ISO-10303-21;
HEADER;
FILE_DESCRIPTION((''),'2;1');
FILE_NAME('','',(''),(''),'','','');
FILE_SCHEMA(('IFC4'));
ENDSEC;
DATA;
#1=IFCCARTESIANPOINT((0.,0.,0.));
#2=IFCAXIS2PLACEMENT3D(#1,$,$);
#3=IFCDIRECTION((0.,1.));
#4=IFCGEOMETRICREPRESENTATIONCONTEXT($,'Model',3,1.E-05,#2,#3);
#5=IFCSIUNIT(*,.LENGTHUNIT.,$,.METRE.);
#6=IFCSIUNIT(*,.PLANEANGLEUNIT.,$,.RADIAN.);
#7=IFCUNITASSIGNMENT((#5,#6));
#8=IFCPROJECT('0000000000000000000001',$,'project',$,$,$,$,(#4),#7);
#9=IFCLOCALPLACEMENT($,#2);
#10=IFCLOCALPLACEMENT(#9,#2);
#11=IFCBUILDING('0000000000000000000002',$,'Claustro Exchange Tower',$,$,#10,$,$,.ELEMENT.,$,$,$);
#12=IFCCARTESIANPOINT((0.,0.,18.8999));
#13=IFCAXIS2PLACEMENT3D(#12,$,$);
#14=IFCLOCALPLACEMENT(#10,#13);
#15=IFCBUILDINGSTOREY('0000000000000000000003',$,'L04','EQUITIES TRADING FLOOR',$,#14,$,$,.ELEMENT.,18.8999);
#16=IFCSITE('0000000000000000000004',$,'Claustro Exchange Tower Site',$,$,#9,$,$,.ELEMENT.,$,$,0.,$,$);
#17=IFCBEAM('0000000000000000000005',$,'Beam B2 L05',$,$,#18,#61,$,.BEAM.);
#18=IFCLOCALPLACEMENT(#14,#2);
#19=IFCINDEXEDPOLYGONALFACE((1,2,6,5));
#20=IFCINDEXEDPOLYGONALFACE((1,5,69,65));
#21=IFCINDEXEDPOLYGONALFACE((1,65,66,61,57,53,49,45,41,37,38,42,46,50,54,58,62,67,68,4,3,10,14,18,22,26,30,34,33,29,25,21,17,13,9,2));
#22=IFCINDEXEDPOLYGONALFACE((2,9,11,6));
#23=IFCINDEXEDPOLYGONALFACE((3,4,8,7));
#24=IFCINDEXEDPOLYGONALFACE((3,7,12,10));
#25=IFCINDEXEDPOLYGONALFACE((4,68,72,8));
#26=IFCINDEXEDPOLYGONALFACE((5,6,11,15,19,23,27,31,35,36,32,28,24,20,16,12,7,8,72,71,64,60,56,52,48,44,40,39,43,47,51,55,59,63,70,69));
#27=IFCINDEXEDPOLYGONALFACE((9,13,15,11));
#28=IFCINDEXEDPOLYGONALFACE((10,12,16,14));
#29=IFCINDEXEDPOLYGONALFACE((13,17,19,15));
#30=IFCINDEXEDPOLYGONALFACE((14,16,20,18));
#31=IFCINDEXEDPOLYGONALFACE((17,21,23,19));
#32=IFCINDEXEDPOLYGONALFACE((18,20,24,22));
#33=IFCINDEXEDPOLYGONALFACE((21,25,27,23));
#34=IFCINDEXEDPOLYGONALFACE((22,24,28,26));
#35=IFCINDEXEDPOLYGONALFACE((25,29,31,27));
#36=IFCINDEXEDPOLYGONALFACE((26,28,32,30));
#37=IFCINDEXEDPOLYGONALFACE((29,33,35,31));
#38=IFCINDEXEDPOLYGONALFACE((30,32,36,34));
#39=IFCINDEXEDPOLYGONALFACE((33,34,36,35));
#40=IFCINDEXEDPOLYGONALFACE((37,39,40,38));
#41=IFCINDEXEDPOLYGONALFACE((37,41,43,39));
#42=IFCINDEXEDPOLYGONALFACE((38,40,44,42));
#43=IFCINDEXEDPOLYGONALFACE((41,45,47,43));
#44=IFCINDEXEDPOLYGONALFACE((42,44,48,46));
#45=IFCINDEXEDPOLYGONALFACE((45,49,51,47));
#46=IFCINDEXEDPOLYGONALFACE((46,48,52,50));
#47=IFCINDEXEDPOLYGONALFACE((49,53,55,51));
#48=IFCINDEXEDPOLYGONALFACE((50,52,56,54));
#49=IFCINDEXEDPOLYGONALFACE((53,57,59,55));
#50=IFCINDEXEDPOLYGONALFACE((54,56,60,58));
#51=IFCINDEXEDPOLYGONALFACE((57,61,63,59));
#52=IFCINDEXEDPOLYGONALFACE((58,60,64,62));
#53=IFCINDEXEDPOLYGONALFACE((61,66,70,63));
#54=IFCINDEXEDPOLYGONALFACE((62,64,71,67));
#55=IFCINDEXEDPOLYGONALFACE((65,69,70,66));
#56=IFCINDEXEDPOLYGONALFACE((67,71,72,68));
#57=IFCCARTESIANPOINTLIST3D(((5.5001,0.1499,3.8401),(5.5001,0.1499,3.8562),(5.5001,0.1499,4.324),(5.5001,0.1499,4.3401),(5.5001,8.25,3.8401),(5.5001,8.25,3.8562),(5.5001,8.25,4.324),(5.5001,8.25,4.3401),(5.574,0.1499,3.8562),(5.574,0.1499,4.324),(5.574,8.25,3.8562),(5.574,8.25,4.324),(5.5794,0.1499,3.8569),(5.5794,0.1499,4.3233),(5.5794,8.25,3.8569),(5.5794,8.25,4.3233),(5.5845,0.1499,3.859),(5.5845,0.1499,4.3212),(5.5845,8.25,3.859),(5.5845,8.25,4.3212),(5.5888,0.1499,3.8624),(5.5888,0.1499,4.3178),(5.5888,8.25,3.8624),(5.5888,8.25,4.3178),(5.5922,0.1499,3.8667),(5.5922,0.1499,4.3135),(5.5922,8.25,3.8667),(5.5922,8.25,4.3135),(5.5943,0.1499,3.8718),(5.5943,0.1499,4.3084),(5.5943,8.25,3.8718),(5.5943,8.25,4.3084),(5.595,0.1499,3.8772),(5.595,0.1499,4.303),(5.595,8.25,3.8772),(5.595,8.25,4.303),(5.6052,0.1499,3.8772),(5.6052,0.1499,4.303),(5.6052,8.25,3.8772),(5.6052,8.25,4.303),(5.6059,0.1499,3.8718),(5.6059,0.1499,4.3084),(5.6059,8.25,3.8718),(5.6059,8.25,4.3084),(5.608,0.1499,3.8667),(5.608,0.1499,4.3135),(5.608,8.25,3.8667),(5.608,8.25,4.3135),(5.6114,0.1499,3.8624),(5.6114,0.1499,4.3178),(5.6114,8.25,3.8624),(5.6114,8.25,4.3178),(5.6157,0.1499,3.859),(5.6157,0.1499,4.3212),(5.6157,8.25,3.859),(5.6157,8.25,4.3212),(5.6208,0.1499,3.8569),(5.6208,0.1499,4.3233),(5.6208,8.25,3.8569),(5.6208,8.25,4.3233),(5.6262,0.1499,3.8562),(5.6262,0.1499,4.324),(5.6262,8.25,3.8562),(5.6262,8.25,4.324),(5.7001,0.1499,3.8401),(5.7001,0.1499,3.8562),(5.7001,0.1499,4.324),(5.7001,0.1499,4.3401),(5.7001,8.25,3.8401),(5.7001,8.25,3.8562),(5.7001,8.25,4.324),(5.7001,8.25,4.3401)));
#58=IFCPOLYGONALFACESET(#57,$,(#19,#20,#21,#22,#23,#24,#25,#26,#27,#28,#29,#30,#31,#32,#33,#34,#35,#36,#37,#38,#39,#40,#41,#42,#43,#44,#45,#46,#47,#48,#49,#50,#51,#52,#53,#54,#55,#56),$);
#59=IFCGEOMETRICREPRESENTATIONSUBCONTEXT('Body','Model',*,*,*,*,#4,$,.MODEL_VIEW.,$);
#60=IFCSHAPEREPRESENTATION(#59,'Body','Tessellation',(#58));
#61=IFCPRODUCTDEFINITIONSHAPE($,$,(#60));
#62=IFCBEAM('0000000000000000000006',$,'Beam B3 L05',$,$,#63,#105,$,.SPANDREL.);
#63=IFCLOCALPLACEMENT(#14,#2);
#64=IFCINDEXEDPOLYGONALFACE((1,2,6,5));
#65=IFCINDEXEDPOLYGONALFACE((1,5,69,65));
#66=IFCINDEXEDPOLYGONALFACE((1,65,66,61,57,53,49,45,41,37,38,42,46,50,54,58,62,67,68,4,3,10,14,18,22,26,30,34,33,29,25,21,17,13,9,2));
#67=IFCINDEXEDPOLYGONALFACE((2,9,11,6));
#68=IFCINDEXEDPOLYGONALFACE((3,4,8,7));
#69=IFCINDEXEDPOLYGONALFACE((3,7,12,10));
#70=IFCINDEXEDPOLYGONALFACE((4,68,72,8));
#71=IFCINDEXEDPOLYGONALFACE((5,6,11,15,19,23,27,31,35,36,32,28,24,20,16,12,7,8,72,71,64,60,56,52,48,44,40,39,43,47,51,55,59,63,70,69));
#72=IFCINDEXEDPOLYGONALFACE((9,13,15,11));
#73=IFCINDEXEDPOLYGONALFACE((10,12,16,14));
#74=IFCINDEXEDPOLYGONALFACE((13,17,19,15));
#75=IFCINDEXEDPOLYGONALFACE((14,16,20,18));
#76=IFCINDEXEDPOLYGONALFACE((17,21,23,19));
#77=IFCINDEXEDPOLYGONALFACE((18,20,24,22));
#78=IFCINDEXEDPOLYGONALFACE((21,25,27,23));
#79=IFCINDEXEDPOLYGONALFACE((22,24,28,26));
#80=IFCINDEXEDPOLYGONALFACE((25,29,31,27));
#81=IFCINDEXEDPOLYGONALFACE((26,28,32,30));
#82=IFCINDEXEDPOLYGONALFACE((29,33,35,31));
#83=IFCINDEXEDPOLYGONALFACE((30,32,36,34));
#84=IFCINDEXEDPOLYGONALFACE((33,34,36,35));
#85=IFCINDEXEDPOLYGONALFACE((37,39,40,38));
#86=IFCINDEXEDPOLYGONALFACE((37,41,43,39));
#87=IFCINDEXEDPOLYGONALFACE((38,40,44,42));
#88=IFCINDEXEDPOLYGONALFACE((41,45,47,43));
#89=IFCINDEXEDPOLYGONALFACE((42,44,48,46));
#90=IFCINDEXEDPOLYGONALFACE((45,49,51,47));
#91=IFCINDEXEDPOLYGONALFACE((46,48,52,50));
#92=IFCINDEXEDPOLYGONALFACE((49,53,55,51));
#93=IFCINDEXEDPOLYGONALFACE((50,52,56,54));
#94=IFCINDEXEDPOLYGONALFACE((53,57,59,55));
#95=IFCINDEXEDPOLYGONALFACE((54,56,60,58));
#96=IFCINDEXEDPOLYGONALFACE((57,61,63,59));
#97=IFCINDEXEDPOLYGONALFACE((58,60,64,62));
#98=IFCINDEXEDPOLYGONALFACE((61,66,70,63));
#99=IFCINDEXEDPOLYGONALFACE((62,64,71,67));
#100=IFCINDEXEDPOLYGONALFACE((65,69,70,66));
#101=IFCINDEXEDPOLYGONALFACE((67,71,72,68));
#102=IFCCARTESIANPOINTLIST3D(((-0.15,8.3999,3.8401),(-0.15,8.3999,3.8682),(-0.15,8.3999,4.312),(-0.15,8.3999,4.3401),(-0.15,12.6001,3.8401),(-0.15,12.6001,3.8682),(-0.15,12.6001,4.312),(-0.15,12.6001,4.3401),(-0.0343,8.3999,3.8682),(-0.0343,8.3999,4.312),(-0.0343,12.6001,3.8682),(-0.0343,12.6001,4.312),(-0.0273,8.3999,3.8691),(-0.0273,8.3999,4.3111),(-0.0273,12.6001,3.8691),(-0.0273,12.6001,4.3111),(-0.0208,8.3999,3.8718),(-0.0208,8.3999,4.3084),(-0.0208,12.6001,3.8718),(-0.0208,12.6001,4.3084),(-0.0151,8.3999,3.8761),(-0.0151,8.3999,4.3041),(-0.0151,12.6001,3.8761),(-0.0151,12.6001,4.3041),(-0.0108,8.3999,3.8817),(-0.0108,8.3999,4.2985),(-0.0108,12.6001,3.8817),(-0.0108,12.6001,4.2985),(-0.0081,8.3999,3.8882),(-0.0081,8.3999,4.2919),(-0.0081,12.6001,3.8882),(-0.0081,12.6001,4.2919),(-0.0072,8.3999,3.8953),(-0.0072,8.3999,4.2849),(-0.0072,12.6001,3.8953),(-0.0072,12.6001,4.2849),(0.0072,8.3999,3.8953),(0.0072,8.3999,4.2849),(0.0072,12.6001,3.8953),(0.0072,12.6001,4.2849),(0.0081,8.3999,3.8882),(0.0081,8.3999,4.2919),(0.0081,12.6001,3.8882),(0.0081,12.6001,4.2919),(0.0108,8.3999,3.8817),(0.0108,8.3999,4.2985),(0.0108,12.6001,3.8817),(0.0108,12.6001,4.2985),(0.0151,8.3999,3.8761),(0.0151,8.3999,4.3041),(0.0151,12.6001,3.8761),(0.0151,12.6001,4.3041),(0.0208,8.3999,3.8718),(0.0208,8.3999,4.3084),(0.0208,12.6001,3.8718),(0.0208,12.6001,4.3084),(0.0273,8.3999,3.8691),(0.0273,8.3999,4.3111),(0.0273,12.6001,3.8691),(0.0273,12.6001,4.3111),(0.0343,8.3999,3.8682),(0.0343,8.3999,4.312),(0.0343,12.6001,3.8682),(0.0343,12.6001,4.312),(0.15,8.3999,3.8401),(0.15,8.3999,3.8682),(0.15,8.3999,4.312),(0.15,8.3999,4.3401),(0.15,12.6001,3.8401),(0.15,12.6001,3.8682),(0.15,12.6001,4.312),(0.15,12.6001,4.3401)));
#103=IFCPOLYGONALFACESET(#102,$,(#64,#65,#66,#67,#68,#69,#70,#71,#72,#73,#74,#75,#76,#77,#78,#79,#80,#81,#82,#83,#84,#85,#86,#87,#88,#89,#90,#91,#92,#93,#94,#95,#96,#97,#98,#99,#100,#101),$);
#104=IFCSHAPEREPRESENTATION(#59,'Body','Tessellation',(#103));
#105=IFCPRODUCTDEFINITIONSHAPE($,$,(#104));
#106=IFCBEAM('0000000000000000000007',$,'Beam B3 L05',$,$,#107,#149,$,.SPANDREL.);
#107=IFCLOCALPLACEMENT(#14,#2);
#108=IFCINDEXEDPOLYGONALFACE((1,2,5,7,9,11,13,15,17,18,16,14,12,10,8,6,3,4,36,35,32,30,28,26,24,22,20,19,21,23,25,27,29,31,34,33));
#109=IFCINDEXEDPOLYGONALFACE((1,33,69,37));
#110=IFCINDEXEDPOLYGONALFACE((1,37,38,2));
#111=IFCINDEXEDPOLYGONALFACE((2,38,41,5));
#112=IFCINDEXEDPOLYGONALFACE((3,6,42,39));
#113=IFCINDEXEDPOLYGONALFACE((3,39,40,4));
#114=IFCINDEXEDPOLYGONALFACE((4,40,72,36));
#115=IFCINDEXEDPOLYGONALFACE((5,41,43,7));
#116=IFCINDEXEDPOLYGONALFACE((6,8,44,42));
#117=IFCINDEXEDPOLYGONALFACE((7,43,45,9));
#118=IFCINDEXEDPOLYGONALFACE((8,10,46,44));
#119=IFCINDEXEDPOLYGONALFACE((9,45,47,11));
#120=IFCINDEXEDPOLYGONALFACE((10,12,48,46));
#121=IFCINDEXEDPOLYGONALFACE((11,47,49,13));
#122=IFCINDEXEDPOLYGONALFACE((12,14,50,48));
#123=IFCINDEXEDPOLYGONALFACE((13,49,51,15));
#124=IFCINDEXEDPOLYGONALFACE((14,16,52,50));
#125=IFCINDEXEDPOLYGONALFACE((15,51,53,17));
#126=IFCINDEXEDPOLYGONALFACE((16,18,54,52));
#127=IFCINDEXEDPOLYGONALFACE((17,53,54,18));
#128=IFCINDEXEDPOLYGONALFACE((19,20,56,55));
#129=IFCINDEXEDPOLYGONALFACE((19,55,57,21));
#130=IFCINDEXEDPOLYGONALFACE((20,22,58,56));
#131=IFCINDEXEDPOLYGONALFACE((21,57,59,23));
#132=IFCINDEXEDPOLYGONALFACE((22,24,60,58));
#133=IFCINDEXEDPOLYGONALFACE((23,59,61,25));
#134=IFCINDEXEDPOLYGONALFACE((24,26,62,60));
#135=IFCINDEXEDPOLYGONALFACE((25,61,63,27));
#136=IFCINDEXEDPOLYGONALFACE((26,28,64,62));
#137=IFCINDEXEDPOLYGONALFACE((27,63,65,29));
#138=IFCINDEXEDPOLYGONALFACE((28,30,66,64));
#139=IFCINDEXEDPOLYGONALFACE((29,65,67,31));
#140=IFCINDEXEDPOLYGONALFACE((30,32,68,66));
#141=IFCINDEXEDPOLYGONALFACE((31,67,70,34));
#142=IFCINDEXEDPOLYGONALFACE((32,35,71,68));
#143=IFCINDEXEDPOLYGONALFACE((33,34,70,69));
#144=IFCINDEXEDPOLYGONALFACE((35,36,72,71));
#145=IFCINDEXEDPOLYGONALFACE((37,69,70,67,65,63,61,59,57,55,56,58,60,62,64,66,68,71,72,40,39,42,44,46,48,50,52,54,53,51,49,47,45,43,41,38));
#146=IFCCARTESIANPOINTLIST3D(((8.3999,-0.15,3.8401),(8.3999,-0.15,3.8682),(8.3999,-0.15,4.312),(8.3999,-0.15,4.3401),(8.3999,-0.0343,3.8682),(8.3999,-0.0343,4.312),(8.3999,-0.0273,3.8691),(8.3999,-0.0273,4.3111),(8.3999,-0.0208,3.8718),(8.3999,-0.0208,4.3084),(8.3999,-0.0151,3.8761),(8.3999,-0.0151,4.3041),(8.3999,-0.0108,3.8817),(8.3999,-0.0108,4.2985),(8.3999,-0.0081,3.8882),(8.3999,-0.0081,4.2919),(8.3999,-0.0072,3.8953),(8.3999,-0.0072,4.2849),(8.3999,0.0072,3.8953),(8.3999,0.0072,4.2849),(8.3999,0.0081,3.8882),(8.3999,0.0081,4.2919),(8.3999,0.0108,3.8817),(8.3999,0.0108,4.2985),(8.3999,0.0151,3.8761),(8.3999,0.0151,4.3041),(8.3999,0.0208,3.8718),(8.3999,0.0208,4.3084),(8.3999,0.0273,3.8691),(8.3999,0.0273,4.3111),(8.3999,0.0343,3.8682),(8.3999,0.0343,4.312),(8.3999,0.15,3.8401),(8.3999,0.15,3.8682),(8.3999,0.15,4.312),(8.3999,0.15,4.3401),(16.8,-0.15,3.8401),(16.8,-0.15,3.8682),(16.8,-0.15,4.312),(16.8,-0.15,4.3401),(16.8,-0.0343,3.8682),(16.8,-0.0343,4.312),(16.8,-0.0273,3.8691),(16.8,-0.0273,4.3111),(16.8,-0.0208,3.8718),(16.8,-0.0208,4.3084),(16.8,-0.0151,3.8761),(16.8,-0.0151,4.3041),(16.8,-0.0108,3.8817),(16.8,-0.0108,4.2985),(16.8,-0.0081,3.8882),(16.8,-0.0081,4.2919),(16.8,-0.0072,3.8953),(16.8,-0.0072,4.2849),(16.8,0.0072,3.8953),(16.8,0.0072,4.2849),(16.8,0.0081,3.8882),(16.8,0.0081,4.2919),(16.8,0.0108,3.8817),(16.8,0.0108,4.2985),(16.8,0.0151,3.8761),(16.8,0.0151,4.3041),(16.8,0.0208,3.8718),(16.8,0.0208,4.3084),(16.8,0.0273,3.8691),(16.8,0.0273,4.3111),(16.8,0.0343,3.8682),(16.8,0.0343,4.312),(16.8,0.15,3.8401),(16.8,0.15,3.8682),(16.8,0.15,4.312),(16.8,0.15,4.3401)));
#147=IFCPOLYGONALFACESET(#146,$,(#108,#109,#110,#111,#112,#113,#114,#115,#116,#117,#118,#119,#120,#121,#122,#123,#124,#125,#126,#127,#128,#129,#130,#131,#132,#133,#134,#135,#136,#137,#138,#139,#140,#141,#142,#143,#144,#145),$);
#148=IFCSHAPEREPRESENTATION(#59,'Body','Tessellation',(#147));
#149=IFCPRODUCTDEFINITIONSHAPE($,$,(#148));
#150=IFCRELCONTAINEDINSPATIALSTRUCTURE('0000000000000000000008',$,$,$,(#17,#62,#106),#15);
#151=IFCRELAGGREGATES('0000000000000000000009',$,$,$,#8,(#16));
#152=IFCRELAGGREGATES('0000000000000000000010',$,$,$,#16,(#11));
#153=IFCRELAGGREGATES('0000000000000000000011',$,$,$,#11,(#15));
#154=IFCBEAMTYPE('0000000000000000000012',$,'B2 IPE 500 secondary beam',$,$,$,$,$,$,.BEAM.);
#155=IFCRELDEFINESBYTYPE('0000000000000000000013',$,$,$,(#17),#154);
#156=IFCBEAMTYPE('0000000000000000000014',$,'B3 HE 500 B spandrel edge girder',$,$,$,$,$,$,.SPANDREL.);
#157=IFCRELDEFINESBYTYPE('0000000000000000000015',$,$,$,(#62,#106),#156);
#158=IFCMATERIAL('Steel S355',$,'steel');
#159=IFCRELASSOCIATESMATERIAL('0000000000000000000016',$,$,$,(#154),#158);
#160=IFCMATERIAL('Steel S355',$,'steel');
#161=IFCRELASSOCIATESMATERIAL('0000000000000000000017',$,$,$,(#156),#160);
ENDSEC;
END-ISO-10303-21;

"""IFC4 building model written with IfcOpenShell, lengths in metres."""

from ifc_helpers import new_model, si_unit, direction, frame, origin, origin_2d, place, context, subcontext, project, spatial, i_section, extrude, material, material_profile, profile_set, type_object, element, save


model = new_model("IFC4")

# Units and contexts
model_context = context("Model", 3, precision=1e-05, world=origin(), true_north=direction((0.0, 1.0)))
body_context = subcontext(model_context, "Body", "Model", "MODEL_VIEW")
ifc_project = project(units=[si_unit("LENGTHUNIT", "METRE"), si_unit("PLANEANGLEUNIT", "RADIAN")], contexts=[model_context])

# Site, building, storey
site_placement = place(None, origin())
site = spatial("IfcSite", under=ifc_project, at=site_placement, Name="Claustro Exchange Tower Site", CompositionType="ELEMENT", RefElevation=0.0)
building_placement = place(site_placement, origin())
building = spatial("IfcBuilding", under=site, at=building_placement, Name="Claustro Exchange Tower", CompositionType="ELEMENT")
storey_placement = place(building_placement, frame((0.0, 0.0, 18.8999)))
storey = spatial("IfcBuildingStorey", under=building, at=storey_placement, Name="L04", Description="EQUITIES TRADING FLOOR", CompositionType="ELEMENT", Elevation=18.8999)

# Beams
ifc_material_1 = material(Name="Steel S355", Category="steel")
ifc_material_profile_1 = material_profile(ifc_material_1, i_section(OverallWidth=0.2, OverallDepth=0.5, WebThickness=0.0103, FlangeThickness=0.0161, FilletRadius=0.021, at=origin_2d()), Name="IPE 500")
ifc_profile_set_1 = profile_set([ifc_material_profile_1], Name="Steel S355")
beam_type_1 = type_object("IfcBeamType", Name="B2 IPE 500 secondary beam", PredefinedType="BEAM", material=ifc_profile_set_1)
for number, where, z_axis, x_axis, name in (
    (1, (5.6001, 0.1499, 4.0901), (0.0, 1.0, 0.0), (-1.0, 0.0, 0.0), "Beam B2 L05"),
):
    element("IfcBeam", number, at=place(storey_placement, frame(where, z_axis=z_axis, x_axis=x_axis)), inside=storey, type_object=beam_type_1, Name=name, PredefinedType="BEAM", context=body_context, shape_type="SweptSolid", body=[
        extrude(i_section(OverallWidth=0.2, OverallDepth=0.5, WebThickness=0.0103, FlangeThickness=0.0161, FilletRadius=0.021, at=origin_2d()), origin(), (0.0, 0.0, 1.0), 8.1001),
    ])
ifc_material_2 = material(Name="Steel S355", Category="steel")
ifc_material_profile_2 = material_profile(ifc_material_2, i_section(OverallWidth=0.3, OverallDepth=0.5, WebThickness=0.0144, FlangeThickness=0.0281, FilletRadius=0.0271, at=origin_2d()), Name="HE 500 B")
ifc_profile_set_2 = profile_set([ifc_material_profile_2], Name="Steel S355")
beam_type_2 = type_object("IfcBeamType", Name="B3 HE 500 B spandrel edge girder", PredefinedType="SPANDREL", material=ifc_profile_set_2)
beam_1_placement = place(storey_placement, frame((0.0, 8.3999, 4.0901), z_axis=(0.0, 1.0, 0.0), x_axis=(-1.0, 0.0, 0.0)))
element("IfcBeam", 2, at=beam_1_placement, inside=storey, type_object=beam_type_2, Name="Beam B3 L05", PredefinedType="SPANDREL", context=body_context, shape_type="SweptSolid", body=[
    extrude(i_section(OverallWidth=0.3, OverallDepth=0.5, WebThickness=0.0144, FlangeThickness=0.0281, FilletRadius=0.0271, at=origin_2d()), origin(), (0.0, 0.0, 1.0), 4.2002),
])
beam_2_placement = place(storey_placement, frame((8.3999, 0.0, 4.0901), z_axis=(1.0, 0.0, 0.0), x_axis=(0.0, 1.0, 0.0)))
element("IfcBeam", 3, at=beam_2_placement, inside=storey, type_object=beam_type_2, Name="Beam B3 L05", PredefinedType="SPANDREL", context=body_context, shape_type="SweptSolid", body=[
    extrude(i_section(OverallWidth=0.3, OverallDepth=0.5, WebThickness=0.0144, FlangeThickness=0.0281, FilletRadius=0.0271, at=origin_2d()), origin(), (0.0, 0.0, 1.0), 8.4001),
])

save(model, "model.ifc")
